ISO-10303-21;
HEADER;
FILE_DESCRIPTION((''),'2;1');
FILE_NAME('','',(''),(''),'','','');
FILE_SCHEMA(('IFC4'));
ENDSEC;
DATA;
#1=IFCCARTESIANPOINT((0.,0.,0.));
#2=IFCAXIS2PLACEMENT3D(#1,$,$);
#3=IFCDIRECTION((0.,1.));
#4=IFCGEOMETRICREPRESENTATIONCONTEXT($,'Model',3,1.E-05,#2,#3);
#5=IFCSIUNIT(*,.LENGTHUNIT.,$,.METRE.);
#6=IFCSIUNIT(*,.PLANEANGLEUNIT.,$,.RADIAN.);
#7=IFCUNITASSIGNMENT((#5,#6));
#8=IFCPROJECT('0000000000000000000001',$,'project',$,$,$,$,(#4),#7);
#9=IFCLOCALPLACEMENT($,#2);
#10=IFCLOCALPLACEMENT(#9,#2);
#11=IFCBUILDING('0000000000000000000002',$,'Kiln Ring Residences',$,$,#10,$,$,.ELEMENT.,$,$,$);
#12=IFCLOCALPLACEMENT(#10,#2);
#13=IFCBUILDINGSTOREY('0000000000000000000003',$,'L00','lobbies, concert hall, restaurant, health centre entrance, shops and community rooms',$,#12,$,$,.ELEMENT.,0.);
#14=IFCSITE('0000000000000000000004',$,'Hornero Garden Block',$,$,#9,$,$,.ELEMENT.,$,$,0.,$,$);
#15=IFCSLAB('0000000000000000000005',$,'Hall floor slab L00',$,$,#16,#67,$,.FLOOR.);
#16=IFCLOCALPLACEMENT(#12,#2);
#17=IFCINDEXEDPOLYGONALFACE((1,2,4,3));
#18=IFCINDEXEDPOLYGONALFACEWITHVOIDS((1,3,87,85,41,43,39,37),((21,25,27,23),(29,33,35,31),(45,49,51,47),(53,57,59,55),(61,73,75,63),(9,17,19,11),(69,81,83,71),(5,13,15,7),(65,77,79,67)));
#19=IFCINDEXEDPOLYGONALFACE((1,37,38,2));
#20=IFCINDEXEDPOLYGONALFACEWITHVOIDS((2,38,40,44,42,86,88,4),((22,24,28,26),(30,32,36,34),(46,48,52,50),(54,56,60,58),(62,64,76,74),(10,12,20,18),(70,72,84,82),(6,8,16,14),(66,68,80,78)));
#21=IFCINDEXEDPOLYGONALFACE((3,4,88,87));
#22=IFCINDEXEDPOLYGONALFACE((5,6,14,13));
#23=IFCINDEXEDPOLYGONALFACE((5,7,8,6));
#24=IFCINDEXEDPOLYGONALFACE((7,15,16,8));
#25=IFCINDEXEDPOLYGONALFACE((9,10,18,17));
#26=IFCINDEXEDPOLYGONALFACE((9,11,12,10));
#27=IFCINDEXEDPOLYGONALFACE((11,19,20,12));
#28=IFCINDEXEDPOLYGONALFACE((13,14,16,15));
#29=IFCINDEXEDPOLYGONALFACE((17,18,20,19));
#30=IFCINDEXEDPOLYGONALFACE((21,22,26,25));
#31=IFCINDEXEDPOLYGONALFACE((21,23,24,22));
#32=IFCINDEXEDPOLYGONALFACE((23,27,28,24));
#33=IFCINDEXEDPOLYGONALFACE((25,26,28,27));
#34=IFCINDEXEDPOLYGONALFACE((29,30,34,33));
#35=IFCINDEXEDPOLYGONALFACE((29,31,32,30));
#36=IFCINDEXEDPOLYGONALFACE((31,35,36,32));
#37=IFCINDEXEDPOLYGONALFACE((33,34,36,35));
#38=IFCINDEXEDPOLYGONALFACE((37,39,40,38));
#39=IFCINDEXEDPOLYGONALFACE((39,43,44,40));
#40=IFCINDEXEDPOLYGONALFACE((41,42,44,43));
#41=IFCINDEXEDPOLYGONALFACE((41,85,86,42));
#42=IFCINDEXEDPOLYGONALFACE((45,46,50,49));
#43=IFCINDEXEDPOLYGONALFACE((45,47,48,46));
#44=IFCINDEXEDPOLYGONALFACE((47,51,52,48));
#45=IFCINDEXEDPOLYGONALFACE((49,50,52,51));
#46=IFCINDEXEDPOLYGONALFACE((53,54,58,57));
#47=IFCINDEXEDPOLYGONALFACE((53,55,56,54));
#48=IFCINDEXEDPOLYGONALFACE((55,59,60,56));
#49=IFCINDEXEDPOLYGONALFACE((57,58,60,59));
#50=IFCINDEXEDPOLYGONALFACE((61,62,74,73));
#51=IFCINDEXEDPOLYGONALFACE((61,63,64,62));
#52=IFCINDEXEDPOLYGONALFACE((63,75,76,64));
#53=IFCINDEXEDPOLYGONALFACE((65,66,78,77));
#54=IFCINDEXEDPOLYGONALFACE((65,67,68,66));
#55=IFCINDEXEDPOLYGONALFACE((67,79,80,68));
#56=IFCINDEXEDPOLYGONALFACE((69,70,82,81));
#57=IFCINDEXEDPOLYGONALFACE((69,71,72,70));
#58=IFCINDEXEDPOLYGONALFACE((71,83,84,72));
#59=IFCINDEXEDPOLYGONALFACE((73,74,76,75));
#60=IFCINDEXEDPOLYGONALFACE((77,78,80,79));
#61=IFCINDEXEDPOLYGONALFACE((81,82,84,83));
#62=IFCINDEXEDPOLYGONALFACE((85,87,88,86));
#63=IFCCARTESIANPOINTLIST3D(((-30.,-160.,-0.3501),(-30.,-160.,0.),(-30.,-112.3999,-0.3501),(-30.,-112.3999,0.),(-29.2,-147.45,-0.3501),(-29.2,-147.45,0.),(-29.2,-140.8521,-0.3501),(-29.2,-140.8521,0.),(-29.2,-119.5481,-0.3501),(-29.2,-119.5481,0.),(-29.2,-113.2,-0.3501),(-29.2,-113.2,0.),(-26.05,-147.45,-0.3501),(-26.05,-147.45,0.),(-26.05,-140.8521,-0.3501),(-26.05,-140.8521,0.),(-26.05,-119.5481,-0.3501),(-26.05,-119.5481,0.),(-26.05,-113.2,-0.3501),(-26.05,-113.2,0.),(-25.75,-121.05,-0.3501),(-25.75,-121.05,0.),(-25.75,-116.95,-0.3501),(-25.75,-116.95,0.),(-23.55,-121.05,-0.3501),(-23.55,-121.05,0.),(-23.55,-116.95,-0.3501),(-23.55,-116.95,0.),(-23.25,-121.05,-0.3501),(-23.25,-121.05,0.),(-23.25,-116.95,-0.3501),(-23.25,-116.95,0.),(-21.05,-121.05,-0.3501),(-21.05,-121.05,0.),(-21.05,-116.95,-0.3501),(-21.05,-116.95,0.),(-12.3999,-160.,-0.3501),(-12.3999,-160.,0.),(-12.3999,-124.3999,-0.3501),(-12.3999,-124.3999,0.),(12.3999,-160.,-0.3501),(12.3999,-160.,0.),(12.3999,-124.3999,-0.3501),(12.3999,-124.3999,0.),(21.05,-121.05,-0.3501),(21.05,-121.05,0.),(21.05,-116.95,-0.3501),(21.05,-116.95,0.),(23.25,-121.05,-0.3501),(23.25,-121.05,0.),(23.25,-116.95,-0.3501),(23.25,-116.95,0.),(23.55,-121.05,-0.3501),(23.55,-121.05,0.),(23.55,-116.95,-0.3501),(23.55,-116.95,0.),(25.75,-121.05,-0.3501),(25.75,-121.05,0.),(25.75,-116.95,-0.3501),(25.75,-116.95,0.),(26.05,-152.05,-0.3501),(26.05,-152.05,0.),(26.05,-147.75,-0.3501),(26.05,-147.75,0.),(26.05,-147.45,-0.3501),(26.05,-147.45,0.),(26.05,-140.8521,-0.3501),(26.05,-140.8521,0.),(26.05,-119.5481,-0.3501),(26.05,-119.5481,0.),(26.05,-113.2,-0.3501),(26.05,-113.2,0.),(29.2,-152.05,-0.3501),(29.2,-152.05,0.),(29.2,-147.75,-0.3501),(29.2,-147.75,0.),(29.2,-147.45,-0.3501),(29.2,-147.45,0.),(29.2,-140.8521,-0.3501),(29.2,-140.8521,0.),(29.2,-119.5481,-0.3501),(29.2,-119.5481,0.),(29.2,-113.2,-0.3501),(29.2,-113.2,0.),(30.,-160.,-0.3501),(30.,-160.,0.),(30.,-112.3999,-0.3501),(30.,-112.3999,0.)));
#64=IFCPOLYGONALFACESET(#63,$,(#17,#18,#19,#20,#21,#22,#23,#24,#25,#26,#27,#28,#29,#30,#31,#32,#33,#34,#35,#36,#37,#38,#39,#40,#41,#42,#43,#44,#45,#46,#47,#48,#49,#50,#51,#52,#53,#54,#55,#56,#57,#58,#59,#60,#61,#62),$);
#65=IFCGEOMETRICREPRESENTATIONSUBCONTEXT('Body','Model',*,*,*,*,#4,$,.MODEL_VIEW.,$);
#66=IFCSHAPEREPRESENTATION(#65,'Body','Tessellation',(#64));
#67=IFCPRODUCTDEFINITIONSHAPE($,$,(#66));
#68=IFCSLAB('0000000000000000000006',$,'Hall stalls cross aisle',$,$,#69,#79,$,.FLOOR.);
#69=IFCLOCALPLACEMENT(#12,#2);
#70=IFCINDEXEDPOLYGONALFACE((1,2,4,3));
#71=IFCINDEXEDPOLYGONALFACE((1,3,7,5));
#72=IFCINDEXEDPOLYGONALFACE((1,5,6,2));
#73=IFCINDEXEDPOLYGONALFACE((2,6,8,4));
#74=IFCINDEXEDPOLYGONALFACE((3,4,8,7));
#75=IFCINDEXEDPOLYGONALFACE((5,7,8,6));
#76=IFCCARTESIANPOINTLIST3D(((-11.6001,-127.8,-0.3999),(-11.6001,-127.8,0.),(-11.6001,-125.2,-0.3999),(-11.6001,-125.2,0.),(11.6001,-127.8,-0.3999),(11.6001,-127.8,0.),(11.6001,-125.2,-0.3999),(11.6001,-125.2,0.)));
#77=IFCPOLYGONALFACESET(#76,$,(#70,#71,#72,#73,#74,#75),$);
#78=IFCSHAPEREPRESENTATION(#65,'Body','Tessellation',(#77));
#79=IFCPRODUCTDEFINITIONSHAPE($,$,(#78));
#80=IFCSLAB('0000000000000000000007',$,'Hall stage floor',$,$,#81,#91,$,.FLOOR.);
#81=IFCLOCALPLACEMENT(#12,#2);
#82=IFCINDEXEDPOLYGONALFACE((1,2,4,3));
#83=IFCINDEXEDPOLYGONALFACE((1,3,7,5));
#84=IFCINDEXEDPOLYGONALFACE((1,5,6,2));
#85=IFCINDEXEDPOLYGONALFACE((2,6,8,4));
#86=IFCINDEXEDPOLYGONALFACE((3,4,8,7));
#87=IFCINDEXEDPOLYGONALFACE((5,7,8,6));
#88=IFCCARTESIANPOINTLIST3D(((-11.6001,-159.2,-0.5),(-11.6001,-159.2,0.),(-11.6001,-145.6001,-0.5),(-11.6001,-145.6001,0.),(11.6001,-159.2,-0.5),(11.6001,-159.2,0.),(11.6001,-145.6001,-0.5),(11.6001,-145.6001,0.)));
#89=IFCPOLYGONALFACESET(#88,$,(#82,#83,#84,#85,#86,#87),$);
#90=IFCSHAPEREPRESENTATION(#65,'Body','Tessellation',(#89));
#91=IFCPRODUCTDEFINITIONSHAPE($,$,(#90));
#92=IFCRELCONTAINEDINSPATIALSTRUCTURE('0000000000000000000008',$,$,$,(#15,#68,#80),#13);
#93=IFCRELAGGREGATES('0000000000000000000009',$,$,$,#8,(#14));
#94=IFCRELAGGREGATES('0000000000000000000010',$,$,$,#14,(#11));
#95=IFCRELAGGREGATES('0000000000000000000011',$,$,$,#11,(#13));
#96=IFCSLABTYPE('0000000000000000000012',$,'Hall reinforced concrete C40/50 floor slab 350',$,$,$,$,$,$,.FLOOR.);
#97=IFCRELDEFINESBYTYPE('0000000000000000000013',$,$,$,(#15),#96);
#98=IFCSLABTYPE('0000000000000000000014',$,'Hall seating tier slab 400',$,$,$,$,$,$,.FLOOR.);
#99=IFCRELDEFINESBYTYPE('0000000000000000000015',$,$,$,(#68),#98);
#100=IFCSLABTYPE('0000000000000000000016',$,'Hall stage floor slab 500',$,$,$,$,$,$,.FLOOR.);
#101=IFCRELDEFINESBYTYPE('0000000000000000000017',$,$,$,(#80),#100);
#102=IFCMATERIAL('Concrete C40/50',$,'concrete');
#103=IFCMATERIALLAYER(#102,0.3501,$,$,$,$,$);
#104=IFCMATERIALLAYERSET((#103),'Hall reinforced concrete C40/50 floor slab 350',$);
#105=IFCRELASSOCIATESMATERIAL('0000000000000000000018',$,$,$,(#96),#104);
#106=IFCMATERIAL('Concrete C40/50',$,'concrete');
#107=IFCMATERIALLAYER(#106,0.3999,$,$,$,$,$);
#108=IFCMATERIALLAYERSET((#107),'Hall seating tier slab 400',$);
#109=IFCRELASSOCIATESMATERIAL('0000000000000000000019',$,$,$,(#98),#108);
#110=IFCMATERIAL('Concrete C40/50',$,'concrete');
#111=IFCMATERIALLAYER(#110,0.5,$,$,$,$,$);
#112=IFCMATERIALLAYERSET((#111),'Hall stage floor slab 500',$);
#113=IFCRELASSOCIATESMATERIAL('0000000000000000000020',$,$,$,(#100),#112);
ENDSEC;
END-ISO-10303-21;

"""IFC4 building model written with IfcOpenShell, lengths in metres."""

from ifc_helpers import new_model, si_unit, direction, frame, origin, place, context, subcontext, project, spatial, polyline, outline, extrude, material, layer, layer_set, type_object, element, save


model = new_model("IFC4")

# Units and contexts
model_context = context("Model", 3, precision=1e-05, world=origin(), true_north=direction((0.0, 1.0)))
body_context = subcontext(model_context, "Body", "Model", "MODEL_VIEW")
ifc_project = project(units=[si_unit("LENGTHUNIT", "METRE"), si_unit("PLANEANGLEUNIT", "RADIAN")], contexts=[model_context])

# Site, building, storey
site_placement = place(None, origin())
site = spatial("IfcSite", under=ifc_project, at=site_placement, Name="Hornero Garden Block", CompositionType="ELEMENT", RefElevation=0.0)
building_placement = place(site_placement, origin())
building = spatial("IfcBuilding", under=site, at=building_placement, Name="Kiln Ring Residences", CompositionType="ELEMENT")
storey_placement = place(building_placement, origin())
storey = spatial("IfcBuildingStorey", under=building, at=storey_placement, Name="L00", Description="lobbies, concert hall, restaurant, health centre entrance, shops and community rooms", CompositionType="ELEMENT", Elevation=0.0)

# Slabs
ifc_material_1 = material(Name="Concrete C40/50", Category="concrete")
ifc_layer_1 = layer(ifc_material_1, 0.3501)
ifc_layer_set_1 = layer_set([ifc_layer_1], Name="Hall reinforced concrete C40/50 floor slab 350")
slab_type_1 = type_object("IfcSlabType", Name="Hall reinforced concrete C40/50 floor slab 350", PredefinedType="FLOOR", material=ifc_layer_set_1)
slab_1_placement = place(storey_placement, frame((0.0, 0.0, -0.3501)))
element("IfcSlab", 1, at=slab_1_placement, inside=storey, type_object=slab_type_1, Name="Hall floor slab L00", PredefinedType="FLOOR", context=body_context, shape_type="SweptSolid", body=[
    extrude(outline(polyline([(-30.0, -112.3999), (30.0, -112.3999), (30.0, -160.0), (12.3999, -160.0), (12.3999, -124.3999), (-12.3999, -124.3999), (-12.3999, -160.0), (-30.0, -160.0), (-30.0, -112.3999)]), holes=[polyline([(-23.55, -116.95), (-25.75, -116.95), (-25.75, -121.05), (-23.55, -121.05), (-23.55, -116.95)]), polyline([(-21.05, -116.95), (-23.25, -116.95), (-23.25, -121.05), (-21.05, -121.05), (-21.05, -116.95)]), polyline([(21.05, -116.95), (21.05, -121.05), (23.25, -121.05), (23.25, -116.95), (21.05, -116.95)]), polyline([(23.55, -121.05), (25.75, -121.05), (25.75, -116.95), (23.55, -116.95), (23.55, -121.05)]), polyline([(29.2, -147.75), (26.05, -147.75), (26.05, -152.05), (29.2, -152.05), (29.2, -147.75)]), polyline([(-26.05, -119.5481), (-26.05, -113.2), (-29.2, -113.2), (-29.2, -119.5481), (-26.05, -119.5481)]), polyline([(26.05, -119.5481), (29.2, -119.5481), (29.2, -113.2), (26.05, -113.2), (26.05, -119.5481)]), polyline([(-26.05, -147.45), (-26.05, -140.8521), (-29.2, -140.8521), (-29.2, -147.45), (-26.05, -147.45)]), polyline([(26.05, -147.45), (29.2, -147.45), (29.2, -140.8521), (26.05, -140.8521), (26.05, -147.45)])]), origin(), (0.0, 0.0, 1.0), 0.3501),
])
ifc_material_2 = material(Name="Concrete C40/50", Category="concrete")
ifc_layer_2 = layer(ifc_material_2, 0.3999)
ifc_layer_set_2 = layer_set([ifc_layer_2], Name="Hall seating tier slab 400")
slab_type_2 = type_object("IfcSlabType", Name="Hall seating tier slab 400", PredefinedType="FLOOR", material=ifc_layer_set_2)
slab_2_placement = place(storey_placement, frame((0.0, 0.0, -0.3999)))
element("IfcSlab", 2, at=slab_2_placement, inside=storey, type_object=slab_type_2, Name="Hall stalls cross aisle", PredefinedType="FLOOR", context=body_context, shape_type="SweptSolid", body=[
    extrude(outline(polyline([(-11.6001, -127.8), (11.6001, -127.8), (11.6001, -125.2), (-11.6001, -125.2), (-11.6001, -127.8)])), origin(), (0.0, 0.0, 1.0), 0.3999),
])
ifc_material_3 = material(Name="Concrete C40/50", Category="concrete")
ifc_layer_3 = layer(ifc_material_3, 0.5)
ifc_layer_set_3 = layer_set([ifc_layer_3], Name="Hall stage floor slab 500")
slab_type_3 = type_object("IfcSlabType", Name="Hall stage floor slab 500", PredefinedType="FLOOR", material=ifc_layer_set_3)
slab_3_placement = place(storey_placement, frame((0.0, 0.0, -0.5)))
element("IfcSlab", 3, at=slab_3_placement, inside=storey, type_object=slab_type_3, Name="Hall stage floor", PredefinedType="FLOOR", context=body_context, shape_type="SweptSolid", body=[
    extrude(outline(polyline([(-11.6001, -159.2), (11.6001, -159.2), (11.6001, -145.6001), (-11.6001, -145.6001), (-11.6001, -159.2)])), origin(), (0.0, 0.0, 1.0), 0.5),
])

save(model, "model.ifc")
